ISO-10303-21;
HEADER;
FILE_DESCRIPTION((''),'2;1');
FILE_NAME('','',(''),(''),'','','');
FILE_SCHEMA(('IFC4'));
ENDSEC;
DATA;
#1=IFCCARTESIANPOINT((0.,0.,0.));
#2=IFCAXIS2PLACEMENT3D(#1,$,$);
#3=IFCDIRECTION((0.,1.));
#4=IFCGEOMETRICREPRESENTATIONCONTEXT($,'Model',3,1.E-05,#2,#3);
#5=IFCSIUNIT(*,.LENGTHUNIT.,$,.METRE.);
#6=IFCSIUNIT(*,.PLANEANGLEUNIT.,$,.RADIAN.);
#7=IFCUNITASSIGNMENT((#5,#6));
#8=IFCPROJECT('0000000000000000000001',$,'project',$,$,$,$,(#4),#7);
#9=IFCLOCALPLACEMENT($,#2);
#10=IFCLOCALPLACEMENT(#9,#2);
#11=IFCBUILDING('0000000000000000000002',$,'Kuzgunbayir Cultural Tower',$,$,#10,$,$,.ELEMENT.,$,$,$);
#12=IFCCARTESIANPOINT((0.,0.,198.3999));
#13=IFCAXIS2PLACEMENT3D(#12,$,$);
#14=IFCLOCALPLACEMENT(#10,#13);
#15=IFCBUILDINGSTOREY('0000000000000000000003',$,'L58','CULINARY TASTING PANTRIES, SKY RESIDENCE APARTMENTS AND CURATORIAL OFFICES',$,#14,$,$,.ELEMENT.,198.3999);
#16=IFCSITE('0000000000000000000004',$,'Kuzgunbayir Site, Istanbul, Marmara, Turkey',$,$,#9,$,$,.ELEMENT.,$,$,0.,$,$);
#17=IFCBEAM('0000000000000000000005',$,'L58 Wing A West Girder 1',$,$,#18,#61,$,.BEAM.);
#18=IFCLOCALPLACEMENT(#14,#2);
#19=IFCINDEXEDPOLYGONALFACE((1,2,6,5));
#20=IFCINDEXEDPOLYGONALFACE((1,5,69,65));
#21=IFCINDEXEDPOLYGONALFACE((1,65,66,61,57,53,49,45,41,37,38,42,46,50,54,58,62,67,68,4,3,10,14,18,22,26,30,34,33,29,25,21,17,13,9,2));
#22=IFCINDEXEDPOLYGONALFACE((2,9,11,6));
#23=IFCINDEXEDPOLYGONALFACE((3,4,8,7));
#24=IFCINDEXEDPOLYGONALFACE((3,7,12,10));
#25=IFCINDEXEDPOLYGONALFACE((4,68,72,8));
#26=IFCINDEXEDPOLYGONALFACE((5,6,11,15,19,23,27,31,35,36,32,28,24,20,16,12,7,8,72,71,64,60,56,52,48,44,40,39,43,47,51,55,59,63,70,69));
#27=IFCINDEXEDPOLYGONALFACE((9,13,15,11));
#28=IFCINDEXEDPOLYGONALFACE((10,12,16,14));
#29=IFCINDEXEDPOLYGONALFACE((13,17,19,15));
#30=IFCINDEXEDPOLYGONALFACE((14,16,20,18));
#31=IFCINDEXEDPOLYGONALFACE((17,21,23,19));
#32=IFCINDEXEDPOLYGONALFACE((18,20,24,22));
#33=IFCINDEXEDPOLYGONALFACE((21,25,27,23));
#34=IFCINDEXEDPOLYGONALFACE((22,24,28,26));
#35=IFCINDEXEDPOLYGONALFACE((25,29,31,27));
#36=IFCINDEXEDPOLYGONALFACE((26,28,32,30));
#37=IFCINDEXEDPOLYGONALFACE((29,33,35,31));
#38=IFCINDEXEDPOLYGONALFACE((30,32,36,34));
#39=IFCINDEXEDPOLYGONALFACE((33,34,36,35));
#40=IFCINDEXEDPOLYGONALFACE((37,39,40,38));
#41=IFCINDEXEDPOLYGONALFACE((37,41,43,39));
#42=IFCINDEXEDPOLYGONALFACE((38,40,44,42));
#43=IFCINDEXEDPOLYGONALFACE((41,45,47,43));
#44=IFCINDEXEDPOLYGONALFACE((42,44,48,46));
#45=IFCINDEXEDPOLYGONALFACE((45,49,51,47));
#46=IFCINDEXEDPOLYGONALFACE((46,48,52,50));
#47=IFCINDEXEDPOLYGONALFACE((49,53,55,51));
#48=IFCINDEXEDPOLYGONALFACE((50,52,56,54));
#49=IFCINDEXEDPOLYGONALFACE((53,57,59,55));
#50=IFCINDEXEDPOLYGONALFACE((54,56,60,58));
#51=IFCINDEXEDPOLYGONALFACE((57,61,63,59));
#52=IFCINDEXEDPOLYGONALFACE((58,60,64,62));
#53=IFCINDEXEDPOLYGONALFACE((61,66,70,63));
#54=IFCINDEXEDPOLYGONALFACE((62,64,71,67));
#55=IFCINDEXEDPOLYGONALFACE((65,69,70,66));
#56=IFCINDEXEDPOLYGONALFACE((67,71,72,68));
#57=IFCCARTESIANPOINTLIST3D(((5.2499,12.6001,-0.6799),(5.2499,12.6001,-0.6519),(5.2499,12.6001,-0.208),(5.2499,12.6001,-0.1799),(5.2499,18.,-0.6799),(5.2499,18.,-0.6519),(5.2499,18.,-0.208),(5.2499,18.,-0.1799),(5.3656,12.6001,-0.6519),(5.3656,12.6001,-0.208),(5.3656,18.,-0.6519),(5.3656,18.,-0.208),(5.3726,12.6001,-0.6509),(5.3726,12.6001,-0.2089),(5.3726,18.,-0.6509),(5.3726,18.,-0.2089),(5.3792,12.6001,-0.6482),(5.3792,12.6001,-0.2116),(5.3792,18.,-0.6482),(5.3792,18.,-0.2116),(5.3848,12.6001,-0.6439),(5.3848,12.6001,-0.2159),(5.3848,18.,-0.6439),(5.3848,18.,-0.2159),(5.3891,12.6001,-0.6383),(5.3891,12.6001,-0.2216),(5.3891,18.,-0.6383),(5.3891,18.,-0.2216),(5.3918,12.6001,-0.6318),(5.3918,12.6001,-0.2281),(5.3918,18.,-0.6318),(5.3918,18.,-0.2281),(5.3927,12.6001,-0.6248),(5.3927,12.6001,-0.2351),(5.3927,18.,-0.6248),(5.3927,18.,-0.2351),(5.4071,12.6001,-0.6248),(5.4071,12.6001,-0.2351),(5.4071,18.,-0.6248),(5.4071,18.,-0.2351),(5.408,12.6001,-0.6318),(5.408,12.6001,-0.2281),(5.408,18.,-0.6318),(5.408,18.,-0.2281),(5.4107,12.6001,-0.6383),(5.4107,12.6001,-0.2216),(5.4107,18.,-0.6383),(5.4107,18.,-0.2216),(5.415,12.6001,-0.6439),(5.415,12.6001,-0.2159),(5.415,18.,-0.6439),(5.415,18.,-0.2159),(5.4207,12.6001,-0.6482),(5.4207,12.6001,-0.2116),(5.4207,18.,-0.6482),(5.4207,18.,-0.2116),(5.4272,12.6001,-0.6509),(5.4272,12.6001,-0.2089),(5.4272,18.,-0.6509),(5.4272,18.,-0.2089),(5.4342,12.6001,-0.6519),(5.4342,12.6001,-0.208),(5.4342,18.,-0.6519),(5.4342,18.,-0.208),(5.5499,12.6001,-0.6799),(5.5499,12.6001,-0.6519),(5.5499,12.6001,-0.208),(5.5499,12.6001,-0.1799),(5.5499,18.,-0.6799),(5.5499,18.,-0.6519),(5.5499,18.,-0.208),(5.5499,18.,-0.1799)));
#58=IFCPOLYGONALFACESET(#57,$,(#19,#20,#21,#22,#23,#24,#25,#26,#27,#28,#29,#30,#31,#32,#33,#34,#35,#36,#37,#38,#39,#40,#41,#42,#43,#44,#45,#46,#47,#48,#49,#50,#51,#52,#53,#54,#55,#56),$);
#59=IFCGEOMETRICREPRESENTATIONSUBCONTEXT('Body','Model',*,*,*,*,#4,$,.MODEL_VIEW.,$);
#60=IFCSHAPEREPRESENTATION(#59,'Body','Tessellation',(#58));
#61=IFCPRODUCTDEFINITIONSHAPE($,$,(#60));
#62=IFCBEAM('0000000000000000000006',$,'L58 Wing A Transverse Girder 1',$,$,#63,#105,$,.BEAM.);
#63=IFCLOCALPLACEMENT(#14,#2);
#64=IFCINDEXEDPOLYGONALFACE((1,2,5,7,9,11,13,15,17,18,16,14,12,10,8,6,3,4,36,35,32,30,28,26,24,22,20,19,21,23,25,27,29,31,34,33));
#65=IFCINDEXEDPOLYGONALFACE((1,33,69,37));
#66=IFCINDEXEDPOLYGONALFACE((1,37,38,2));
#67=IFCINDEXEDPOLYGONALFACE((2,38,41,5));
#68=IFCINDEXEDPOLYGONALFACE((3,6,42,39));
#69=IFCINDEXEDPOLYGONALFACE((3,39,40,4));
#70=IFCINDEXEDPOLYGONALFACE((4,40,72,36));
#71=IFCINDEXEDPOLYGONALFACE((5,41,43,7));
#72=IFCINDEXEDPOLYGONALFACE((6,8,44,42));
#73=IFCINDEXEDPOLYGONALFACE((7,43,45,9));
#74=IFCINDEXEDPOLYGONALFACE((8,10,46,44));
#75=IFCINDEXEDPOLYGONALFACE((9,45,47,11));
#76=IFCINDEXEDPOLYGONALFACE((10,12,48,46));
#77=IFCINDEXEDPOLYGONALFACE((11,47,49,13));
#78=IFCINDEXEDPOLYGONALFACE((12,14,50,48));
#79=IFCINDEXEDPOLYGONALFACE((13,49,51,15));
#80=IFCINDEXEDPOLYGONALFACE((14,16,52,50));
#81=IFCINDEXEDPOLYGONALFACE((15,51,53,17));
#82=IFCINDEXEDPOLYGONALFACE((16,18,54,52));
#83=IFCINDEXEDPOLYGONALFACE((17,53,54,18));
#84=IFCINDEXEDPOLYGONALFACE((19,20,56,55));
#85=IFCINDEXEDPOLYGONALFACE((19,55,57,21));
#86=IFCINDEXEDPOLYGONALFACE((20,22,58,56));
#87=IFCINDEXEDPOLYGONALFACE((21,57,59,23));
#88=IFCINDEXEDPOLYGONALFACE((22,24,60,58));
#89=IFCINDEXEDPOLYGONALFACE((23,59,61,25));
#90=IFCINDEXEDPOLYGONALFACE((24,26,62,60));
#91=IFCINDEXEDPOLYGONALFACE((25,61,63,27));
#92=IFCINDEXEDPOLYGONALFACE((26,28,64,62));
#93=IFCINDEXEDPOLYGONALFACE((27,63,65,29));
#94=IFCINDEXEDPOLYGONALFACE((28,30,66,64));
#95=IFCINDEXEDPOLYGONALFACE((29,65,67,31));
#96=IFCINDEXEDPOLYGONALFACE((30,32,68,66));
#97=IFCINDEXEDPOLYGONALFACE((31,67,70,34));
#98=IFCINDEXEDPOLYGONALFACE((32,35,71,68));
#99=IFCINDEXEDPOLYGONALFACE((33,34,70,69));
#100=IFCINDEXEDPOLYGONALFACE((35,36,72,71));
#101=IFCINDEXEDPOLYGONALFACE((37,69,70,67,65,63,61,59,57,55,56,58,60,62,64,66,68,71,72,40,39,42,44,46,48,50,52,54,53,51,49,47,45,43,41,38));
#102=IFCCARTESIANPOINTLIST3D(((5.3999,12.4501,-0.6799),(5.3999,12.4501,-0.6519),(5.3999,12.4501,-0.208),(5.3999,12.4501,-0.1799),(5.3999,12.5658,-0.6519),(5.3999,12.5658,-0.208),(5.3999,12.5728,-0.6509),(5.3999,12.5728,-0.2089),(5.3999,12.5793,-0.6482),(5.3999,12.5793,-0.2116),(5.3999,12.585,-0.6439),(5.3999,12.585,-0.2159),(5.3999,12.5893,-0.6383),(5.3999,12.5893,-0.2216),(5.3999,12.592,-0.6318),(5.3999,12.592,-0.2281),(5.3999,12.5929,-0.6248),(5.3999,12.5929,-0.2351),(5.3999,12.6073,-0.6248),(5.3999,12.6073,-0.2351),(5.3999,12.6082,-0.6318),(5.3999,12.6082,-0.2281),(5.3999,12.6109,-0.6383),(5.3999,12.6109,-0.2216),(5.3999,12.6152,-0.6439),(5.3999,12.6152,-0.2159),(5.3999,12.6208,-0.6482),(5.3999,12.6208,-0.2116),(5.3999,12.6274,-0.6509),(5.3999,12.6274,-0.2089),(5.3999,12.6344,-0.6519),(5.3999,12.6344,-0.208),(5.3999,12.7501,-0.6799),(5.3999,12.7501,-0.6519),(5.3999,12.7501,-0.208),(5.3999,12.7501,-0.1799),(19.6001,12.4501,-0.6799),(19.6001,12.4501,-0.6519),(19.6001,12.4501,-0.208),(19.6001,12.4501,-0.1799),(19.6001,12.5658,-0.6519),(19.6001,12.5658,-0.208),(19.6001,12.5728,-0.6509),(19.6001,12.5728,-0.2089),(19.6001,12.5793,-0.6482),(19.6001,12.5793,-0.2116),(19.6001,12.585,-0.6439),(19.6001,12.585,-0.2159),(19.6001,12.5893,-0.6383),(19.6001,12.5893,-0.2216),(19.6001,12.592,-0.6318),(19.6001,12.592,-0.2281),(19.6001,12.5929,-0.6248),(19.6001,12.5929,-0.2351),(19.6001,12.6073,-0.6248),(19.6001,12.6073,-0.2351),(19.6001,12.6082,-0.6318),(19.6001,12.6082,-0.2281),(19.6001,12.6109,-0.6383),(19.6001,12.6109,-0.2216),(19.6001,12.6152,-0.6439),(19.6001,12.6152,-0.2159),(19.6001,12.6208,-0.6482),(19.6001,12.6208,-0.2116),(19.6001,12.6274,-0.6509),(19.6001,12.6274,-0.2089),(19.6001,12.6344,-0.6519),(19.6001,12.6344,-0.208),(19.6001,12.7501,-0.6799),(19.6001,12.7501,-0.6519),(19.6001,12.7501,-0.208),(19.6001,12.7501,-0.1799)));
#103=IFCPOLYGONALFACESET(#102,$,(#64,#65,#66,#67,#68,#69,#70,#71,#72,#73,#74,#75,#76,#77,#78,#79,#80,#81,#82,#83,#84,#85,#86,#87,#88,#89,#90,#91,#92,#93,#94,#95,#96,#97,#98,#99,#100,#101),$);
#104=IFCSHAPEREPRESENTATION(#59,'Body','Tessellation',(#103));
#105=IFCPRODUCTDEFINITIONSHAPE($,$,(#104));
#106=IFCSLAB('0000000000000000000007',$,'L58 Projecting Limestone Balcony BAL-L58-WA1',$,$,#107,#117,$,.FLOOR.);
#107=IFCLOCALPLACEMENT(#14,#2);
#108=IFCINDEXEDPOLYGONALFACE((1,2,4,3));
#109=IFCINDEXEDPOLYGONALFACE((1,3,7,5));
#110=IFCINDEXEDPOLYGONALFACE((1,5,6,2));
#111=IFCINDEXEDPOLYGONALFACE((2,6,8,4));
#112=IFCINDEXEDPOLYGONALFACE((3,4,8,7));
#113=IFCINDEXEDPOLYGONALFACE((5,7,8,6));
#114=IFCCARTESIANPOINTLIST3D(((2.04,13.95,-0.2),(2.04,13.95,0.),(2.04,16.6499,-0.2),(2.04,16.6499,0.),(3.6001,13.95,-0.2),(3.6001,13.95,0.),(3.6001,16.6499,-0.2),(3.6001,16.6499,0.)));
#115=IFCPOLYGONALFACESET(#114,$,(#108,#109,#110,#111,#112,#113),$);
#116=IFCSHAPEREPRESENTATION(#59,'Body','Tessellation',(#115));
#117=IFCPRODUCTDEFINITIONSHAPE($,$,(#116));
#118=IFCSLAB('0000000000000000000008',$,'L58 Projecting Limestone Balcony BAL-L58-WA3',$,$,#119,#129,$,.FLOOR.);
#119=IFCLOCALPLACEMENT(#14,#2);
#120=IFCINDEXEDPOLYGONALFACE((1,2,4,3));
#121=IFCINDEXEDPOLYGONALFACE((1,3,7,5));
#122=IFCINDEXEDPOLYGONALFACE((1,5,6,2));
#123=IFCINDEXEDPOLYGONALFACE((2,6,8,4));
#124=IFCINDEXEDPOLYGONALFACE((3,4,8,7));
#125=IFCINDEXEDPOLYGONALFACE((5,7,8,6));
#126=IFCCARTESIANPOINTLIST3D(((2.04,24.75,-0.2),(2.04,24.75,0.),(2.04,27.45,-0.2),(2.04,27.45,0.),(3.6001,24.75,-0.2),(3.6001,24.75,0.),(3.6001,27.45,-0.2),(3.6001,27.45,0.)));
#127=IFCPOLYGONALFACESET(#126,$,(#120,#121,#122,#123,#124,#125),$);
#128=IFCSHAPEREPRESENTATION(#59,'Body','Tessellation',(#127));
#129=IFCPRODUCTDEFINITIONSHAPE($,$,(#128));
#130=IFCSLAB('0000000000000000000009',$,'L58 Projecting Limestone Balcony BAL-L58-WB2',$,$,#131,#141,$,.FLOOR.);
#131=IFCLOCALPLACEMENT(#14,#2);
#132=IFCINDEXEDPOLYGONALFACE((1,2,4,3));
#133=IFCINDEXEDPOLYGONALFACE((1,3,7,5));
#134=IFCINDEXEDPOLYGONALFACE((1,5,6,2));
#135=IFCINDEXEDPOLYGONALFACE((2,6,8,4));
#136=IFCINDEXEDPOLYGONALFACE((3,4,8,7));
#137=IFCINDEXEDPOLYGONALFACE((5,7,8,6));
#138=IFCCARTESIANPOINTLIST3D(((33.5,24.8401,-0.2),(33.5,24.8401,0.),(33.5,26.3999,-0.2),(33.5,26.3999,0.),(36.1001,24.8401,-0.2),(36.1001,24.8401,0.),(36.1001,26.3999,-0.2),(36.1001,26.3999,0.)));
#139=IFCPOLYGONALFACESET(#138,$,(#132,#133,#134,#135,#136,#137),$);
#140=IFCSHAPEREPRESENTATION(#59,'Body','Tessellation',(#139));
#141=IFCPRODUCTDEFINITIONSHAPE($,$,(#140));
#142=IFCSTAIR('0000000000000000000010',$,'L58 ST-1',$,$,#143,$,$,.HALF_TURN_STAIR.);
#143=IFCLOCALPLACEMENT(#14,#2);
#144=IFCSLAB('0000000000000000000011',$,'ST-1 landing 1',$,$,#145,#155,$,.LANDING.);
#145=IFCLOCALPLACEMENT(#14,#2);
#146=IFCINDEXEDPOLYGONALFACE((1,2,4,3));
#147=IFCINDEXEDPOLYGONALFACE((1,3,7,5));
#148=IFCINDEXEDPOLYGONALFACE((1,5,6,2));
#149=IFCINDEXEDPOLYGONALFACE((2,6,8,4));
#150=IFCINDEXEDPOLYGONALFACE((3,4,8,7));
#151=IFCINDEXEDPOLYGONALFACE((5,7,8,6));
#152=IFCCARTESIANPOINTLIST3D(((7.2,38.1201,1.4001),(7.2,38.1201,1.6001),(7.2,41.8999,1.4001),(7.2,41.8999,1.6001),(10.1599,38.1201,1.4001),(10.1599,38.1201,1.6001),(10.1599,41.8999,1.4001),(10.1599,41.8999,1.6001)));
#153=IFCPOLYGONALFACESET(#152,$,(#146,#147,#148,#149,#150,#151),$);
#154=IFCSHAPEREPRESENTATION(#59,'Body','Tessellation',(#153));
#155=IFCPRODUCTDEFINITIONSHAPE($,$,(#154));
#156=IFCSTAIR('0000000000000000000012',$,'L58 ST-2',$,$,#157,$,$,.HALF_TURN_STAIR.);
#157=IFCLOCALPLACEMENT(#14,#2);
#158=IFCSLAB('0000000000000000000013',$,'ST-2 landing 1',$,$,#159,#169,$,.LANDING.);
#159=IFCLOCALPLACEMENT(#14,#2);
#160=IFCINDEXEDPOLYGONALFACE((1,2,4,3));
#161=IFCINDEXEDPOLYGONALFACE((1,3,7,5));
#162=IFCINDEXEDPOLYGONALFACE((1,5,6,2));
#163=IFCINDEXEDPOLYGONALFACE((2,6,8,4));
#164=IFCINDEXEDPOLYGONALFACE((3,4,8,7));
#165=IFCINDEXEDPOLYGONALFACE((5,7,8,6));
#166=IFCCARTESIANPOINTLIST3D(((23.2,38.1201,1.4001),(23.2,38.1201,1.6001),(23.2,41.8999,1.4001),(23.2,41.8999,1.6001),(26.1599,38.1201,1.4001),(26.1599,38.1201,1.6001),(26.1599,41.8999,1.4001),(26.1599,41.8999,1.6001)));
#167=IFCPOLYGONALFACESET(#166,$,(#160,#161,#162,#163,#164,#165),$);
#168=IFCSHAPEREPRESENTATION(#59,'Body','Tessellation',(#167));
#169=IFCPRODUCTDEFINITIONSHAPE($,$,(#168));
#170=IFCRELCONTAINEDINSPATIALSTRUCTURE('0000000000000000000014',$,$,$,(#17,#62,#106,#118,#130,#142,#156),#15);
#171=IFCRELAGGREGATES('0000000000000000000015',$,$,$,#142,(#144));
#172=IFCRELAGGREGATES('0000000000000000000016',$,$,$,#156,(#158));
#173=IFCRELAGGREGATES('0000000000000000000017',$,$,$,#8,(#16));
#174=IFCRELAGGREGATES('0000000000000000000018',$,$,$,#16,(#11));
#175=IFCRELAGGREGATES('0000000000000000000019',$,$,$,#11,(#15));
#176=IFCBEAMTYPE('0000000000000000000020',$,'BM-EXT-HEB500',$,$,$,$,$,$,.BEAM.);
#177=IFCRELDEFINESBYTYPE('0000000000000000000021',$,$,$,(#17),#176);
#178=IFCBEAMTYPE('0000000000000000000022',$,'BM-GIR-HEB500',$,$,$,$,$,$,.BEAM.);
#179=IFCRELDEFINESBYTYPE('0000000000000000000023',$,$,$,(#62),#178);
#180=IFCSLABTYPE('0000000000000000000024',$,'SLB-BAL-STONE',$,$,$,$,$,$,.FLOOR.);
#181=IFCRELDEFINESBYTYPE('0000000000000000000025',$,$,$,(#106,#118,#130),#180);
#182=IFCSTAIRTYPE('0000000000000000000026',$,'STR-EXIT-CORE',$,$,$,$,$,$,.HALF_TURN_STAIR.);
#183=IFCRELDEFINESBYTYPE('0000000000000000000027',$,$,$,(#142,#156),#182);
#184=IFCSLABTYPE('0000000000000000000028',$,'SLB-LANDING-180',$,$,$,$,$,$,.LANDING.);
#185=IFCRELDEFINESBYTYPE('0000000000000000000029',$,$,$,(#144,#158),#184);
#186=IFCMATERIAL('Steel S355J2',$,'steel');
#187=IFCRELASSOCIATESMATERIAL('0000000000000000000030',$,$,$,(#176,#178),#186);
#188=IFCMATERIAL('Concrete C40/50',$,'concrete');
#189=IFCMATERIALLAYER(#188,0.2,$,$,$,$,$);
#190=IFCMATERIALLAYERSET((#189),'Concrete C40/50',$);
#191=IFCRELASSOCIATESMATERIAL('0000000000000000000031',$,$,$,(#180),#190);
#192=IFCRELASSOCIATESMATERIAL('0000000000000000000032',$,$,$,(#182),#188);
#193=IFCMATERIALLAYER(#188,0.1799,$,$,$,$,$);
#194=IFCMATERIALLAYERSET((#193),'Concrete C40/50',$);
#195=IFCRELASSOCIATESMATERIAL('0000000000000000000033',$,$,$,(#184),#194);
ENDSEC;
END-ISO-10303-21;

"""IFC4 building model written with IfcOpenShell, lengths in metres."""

from ifc_helpers import new_model, si_unit, direction, frame, origin, origin_2d, place, context, subcontext, project, spatial, polyline, i_section, outline, extrude, material, layer, layer_set, material_profile, profile_set, type_object, element, aggregate, save


model = new_model("IFC4")

# Units and contexts
model_context = context("Model", 3, precision=1e-05, world=origin(), true_north=direction((0.0, 1.0)))
body_context = subcontext(model_context, "Body", "Model", "MODEL_VIEW")
ifc_project = project(units=[si_unit("LENGTHUNIT", "METRE"), si_unit("PLANEANGLEUNIT", "RADIAN")], contexts=[model_context])

# Site, building, storey
site_placement = place(None, origin())
site = spatial("IfcSite", under=ifc_project, at=site_placement, Name="Kuzgunbayir Site, Istanbul, Marmara, Turkey", CompositionType="ELEMENT", RefElevation=0.0)
building_placement = place(site_placement, origin())
building = spatial("IfcBuilding", under=site, at=building_placement, Name="Kuzgunbayir Cultural Tower", CompositionType="ELEMENT")
storey_placement = place(building_placement, frame((0.0, 0.0, 198.3999)))
storey = spatial("IfcBuildingStorey", under=building, at=storey_placement, Name="L58", Description="CULINARY TASTING PANTRIES, SKY RESIDENCE APARTMENTS AND CURATORIAL OFFICES", CompositionType="ELEMENT", Elevation=198.3999)

# Beams
ifc_material_1 = material(Name="Steel S355J2", Category="steel")
ifc_material_profile_1 = material_profile(ifc_material_1, i_section(OverallWidth=0.3, OverallDepth=0.5, WebThickness=0.0144, FlangeThickness=0.0281, FilletRadius=0.0271, at=origin_2d()), Name="HEB 500")
ifc_profile_set_1 = profile_set([ifc_material_profile_1], Name="Steel S355J2")
beam_type_1 = type_object("IfcBeamType", Name="BM-EXT-HEB500", PredefinedType="BEAM", material=ifc_profile_set_1)
beam_1_placement = place(storey_placement, frame((5.3999, 12.6001, -0.4299), z_axis=(0.0, 1.0, 0.0), x_axis=(-1.0, 0.0, 0.0)))
element("IfcBeam", 1, at=beam_1_placement, inside=storey, type_object=beam_type_1, Name="L58 Wing A West Girder 1", PredefinedType="BEAM", context=body_context, shape_type="SweptSolid", body=[
    extrude(i_section(OverallWidth=0.3, OverallDepth=0.5, WebThickness=0.0144, FlangeThickness=0.0281, FilletRadius=0.0271, at=origin_2d()), origin(), (0.0, 0.0, 1.0), 5.3999),
])
ifc_material_profile_2 = material_profile(ifc_material_1, i_section(OverallWidth=0.3, OverallDepth=0.5, WebThickness=0.0144, FlangeThickness=0.0281, FilletRadius=0.0271, at=origin_2d()), Name="HEB 500")
ifc_profile_set_2 = profile_set([ifc_material_profile_2], Name="Steel S355J2")
beam_type_2 = type_object("IfcBeamType", Name="BM-GIR-HEB500", PredefinedType="BEAM", material=ifc_profile_set_2)
beam_2_placement = place(storey_placement, frame((5.3999, 12.6001, -0.4299), z_axis=(1.0, 0.0, 0.0), x_axis=(0.0, 1.0, 0.0)))
element("IfcBeam", 2, at=beam_2_placement, inside=storey, type_object=beam_type_2, Name="L58 Wing A Transverse Girder 1", PredefinedType="BEAM", context=body_context, shape_type="SweptSolid", body=[
    extrude(i_section(OverallWidth=0.3, OverallDepth=0.5, WebThickness=0.0144, FlangeThickness=0.0281, FilletRadius=0.0271, at=origin_2d()), origin(), (0.0, 0.0, 1.0), 14.2002),
])

# Slabs
ifc_material_2 = material(Name="Concrete C40/50", Category="concrete")
ifc_layer_1 = layer(ifc_material_2, 0.2)
ifc_layer_set_1 = layer_set([ifc_layer_1], Name="Concrete C40/50")
slab_type_1 = type_object("IfcSlabType", Name="SLB-BAL-STONE", PredefinedType="FLOOR", material=ifc_layer_set_1)
slab_1_placement = place(storey_placement, frame((0.0, 0.0, -0.2)))
element("IfcSlab", 3, at=slab_1_placement, inside=storey, type_object=slab_type_1, Name="L58 Projecting Limestone Balcony BAL-L58-WA1", PredefinedType="FLOOR", context=body_context, shape_type="SweptSolid", body=[
    extrude(outline(polyline([(2.04, 13.95), (3.6001, 13.95), (3.6001, 16.6499), (2.04, 16.6499), (2.04, 13.95)])), origin(), (0.0, 0.0, 1.0), 0.2),
])
slab_2_placement = place(storey_placement, frame((0.0, 0.0, -0.2)))
element("IfcSlab", 4, at=slab_2_placement, inside=storey, type_object=slab_type_1, Name="L58 Projecting Limestone Balcony BAL-L58-WA3", PredefinedType="FLOOR", context=body_context, shape_type="SweptSolid", body=[
    extrude(outline(polyline([(2.04, 24.75), (3.6001, 24.75), (3.6001, 27.45), (2.04, 27.45), (2.04, 24.75)])), origin(), (0.0, 0.0, 1.0), 0.2),
])
slab_3_placement = place(storey_placement, frame((0.0, 0.0, -0.2)))
element("IfcSlab", 5, at=slab_3_placement, inside=storey, type_object=slab_type_1, Name="L58 Projecting Limestone Balcony BAL-L58-WB2", PredefinedType="FLOOR", context=body_context, shape_type="SweptSolid", body=[
    extrude(outline(polyline([(33.5, 24.8401), (36.1001, 24.8401), (36.1001, 26.3999), (33.5, 26.3999), (33.5, 24.8401)])), origin(), (0.0, 0.0, 1.0), 0.2),
])

# Stairs, slabs
stair_type = type_object("IfcStairType", Name="STR-EXIT-CORE", PredefinedType="HALF_TURN_STAIR", material=ifc_material_2)
stair_1_placement = place(storey_placement, origin())
stair_1 = element("IfcStair", 6, at=stair_1_placement, inside=storey, type_object=stair_type, Name="L58 ST-1", PredefinedType="HALF_TURN_STAIR")
ifc_layer_2 = layer(ifc_material_2, 0.1799)
ifc_layer_set_2 = layer_set([ifc_layer_2], Name="Concrete C40/50")
slab_type_2 = type_object("IfcSlabType", Name="SLB-LANDING-180", PredefinedType="LANDING", material=ifc_layer_set_2)
slab_4_placement = place(storey_placement, frame((0.0, 0.0, 1.4001)))
slab_4 = element("IfcSlab", 7, at=slab_4_placement, type_object=slab_type_2, Name="ST-1 landing 1", PredefinedType="LANDING", context=body_context, shape_type="SweptSolid", body=[
    extrude(outline(polyline([(10.1599, 38.1201), (10.1599, 41.8999), (7.2, 41.8999), (7.2, 38.1201), (10.1599, 38.1201)])), origin(), (0.0, 0.0, 1.0), 0.2),
])
aggregate(stair_1, [slab_4])
stair_2_placement = place(storey_placement, origin())
stair_2 = element("IfcStair", 8, at=stair_2_placement, inside=storey, type_object=stair_type, Name="L58 ST-2", PredefinedType="HALF_TURN_STAIR")
slab_5_placement = place(storey_placement, frame((0.0, 0.0, 1.4001)))
slab_5 = element("IfcSlab", 9, at=slab_5_placement, type_object=slab_type_2, Name="ST-2 landing 1", PredefinedType="LANDING", context=body_context, shape_type="SweptSolid", body=[
    extrude(outline(polyline([(26.1599, 38.1201), (26.1599, 41.8999), (23.2, 41.8999), (23.2, 38.1201), (26.1599, 38.1201)])), origin(), (0.0, 0.0, 1.0), 0.2),
])
aggregate(stair_2, [slab_5])

save(model, "model.ifc")
